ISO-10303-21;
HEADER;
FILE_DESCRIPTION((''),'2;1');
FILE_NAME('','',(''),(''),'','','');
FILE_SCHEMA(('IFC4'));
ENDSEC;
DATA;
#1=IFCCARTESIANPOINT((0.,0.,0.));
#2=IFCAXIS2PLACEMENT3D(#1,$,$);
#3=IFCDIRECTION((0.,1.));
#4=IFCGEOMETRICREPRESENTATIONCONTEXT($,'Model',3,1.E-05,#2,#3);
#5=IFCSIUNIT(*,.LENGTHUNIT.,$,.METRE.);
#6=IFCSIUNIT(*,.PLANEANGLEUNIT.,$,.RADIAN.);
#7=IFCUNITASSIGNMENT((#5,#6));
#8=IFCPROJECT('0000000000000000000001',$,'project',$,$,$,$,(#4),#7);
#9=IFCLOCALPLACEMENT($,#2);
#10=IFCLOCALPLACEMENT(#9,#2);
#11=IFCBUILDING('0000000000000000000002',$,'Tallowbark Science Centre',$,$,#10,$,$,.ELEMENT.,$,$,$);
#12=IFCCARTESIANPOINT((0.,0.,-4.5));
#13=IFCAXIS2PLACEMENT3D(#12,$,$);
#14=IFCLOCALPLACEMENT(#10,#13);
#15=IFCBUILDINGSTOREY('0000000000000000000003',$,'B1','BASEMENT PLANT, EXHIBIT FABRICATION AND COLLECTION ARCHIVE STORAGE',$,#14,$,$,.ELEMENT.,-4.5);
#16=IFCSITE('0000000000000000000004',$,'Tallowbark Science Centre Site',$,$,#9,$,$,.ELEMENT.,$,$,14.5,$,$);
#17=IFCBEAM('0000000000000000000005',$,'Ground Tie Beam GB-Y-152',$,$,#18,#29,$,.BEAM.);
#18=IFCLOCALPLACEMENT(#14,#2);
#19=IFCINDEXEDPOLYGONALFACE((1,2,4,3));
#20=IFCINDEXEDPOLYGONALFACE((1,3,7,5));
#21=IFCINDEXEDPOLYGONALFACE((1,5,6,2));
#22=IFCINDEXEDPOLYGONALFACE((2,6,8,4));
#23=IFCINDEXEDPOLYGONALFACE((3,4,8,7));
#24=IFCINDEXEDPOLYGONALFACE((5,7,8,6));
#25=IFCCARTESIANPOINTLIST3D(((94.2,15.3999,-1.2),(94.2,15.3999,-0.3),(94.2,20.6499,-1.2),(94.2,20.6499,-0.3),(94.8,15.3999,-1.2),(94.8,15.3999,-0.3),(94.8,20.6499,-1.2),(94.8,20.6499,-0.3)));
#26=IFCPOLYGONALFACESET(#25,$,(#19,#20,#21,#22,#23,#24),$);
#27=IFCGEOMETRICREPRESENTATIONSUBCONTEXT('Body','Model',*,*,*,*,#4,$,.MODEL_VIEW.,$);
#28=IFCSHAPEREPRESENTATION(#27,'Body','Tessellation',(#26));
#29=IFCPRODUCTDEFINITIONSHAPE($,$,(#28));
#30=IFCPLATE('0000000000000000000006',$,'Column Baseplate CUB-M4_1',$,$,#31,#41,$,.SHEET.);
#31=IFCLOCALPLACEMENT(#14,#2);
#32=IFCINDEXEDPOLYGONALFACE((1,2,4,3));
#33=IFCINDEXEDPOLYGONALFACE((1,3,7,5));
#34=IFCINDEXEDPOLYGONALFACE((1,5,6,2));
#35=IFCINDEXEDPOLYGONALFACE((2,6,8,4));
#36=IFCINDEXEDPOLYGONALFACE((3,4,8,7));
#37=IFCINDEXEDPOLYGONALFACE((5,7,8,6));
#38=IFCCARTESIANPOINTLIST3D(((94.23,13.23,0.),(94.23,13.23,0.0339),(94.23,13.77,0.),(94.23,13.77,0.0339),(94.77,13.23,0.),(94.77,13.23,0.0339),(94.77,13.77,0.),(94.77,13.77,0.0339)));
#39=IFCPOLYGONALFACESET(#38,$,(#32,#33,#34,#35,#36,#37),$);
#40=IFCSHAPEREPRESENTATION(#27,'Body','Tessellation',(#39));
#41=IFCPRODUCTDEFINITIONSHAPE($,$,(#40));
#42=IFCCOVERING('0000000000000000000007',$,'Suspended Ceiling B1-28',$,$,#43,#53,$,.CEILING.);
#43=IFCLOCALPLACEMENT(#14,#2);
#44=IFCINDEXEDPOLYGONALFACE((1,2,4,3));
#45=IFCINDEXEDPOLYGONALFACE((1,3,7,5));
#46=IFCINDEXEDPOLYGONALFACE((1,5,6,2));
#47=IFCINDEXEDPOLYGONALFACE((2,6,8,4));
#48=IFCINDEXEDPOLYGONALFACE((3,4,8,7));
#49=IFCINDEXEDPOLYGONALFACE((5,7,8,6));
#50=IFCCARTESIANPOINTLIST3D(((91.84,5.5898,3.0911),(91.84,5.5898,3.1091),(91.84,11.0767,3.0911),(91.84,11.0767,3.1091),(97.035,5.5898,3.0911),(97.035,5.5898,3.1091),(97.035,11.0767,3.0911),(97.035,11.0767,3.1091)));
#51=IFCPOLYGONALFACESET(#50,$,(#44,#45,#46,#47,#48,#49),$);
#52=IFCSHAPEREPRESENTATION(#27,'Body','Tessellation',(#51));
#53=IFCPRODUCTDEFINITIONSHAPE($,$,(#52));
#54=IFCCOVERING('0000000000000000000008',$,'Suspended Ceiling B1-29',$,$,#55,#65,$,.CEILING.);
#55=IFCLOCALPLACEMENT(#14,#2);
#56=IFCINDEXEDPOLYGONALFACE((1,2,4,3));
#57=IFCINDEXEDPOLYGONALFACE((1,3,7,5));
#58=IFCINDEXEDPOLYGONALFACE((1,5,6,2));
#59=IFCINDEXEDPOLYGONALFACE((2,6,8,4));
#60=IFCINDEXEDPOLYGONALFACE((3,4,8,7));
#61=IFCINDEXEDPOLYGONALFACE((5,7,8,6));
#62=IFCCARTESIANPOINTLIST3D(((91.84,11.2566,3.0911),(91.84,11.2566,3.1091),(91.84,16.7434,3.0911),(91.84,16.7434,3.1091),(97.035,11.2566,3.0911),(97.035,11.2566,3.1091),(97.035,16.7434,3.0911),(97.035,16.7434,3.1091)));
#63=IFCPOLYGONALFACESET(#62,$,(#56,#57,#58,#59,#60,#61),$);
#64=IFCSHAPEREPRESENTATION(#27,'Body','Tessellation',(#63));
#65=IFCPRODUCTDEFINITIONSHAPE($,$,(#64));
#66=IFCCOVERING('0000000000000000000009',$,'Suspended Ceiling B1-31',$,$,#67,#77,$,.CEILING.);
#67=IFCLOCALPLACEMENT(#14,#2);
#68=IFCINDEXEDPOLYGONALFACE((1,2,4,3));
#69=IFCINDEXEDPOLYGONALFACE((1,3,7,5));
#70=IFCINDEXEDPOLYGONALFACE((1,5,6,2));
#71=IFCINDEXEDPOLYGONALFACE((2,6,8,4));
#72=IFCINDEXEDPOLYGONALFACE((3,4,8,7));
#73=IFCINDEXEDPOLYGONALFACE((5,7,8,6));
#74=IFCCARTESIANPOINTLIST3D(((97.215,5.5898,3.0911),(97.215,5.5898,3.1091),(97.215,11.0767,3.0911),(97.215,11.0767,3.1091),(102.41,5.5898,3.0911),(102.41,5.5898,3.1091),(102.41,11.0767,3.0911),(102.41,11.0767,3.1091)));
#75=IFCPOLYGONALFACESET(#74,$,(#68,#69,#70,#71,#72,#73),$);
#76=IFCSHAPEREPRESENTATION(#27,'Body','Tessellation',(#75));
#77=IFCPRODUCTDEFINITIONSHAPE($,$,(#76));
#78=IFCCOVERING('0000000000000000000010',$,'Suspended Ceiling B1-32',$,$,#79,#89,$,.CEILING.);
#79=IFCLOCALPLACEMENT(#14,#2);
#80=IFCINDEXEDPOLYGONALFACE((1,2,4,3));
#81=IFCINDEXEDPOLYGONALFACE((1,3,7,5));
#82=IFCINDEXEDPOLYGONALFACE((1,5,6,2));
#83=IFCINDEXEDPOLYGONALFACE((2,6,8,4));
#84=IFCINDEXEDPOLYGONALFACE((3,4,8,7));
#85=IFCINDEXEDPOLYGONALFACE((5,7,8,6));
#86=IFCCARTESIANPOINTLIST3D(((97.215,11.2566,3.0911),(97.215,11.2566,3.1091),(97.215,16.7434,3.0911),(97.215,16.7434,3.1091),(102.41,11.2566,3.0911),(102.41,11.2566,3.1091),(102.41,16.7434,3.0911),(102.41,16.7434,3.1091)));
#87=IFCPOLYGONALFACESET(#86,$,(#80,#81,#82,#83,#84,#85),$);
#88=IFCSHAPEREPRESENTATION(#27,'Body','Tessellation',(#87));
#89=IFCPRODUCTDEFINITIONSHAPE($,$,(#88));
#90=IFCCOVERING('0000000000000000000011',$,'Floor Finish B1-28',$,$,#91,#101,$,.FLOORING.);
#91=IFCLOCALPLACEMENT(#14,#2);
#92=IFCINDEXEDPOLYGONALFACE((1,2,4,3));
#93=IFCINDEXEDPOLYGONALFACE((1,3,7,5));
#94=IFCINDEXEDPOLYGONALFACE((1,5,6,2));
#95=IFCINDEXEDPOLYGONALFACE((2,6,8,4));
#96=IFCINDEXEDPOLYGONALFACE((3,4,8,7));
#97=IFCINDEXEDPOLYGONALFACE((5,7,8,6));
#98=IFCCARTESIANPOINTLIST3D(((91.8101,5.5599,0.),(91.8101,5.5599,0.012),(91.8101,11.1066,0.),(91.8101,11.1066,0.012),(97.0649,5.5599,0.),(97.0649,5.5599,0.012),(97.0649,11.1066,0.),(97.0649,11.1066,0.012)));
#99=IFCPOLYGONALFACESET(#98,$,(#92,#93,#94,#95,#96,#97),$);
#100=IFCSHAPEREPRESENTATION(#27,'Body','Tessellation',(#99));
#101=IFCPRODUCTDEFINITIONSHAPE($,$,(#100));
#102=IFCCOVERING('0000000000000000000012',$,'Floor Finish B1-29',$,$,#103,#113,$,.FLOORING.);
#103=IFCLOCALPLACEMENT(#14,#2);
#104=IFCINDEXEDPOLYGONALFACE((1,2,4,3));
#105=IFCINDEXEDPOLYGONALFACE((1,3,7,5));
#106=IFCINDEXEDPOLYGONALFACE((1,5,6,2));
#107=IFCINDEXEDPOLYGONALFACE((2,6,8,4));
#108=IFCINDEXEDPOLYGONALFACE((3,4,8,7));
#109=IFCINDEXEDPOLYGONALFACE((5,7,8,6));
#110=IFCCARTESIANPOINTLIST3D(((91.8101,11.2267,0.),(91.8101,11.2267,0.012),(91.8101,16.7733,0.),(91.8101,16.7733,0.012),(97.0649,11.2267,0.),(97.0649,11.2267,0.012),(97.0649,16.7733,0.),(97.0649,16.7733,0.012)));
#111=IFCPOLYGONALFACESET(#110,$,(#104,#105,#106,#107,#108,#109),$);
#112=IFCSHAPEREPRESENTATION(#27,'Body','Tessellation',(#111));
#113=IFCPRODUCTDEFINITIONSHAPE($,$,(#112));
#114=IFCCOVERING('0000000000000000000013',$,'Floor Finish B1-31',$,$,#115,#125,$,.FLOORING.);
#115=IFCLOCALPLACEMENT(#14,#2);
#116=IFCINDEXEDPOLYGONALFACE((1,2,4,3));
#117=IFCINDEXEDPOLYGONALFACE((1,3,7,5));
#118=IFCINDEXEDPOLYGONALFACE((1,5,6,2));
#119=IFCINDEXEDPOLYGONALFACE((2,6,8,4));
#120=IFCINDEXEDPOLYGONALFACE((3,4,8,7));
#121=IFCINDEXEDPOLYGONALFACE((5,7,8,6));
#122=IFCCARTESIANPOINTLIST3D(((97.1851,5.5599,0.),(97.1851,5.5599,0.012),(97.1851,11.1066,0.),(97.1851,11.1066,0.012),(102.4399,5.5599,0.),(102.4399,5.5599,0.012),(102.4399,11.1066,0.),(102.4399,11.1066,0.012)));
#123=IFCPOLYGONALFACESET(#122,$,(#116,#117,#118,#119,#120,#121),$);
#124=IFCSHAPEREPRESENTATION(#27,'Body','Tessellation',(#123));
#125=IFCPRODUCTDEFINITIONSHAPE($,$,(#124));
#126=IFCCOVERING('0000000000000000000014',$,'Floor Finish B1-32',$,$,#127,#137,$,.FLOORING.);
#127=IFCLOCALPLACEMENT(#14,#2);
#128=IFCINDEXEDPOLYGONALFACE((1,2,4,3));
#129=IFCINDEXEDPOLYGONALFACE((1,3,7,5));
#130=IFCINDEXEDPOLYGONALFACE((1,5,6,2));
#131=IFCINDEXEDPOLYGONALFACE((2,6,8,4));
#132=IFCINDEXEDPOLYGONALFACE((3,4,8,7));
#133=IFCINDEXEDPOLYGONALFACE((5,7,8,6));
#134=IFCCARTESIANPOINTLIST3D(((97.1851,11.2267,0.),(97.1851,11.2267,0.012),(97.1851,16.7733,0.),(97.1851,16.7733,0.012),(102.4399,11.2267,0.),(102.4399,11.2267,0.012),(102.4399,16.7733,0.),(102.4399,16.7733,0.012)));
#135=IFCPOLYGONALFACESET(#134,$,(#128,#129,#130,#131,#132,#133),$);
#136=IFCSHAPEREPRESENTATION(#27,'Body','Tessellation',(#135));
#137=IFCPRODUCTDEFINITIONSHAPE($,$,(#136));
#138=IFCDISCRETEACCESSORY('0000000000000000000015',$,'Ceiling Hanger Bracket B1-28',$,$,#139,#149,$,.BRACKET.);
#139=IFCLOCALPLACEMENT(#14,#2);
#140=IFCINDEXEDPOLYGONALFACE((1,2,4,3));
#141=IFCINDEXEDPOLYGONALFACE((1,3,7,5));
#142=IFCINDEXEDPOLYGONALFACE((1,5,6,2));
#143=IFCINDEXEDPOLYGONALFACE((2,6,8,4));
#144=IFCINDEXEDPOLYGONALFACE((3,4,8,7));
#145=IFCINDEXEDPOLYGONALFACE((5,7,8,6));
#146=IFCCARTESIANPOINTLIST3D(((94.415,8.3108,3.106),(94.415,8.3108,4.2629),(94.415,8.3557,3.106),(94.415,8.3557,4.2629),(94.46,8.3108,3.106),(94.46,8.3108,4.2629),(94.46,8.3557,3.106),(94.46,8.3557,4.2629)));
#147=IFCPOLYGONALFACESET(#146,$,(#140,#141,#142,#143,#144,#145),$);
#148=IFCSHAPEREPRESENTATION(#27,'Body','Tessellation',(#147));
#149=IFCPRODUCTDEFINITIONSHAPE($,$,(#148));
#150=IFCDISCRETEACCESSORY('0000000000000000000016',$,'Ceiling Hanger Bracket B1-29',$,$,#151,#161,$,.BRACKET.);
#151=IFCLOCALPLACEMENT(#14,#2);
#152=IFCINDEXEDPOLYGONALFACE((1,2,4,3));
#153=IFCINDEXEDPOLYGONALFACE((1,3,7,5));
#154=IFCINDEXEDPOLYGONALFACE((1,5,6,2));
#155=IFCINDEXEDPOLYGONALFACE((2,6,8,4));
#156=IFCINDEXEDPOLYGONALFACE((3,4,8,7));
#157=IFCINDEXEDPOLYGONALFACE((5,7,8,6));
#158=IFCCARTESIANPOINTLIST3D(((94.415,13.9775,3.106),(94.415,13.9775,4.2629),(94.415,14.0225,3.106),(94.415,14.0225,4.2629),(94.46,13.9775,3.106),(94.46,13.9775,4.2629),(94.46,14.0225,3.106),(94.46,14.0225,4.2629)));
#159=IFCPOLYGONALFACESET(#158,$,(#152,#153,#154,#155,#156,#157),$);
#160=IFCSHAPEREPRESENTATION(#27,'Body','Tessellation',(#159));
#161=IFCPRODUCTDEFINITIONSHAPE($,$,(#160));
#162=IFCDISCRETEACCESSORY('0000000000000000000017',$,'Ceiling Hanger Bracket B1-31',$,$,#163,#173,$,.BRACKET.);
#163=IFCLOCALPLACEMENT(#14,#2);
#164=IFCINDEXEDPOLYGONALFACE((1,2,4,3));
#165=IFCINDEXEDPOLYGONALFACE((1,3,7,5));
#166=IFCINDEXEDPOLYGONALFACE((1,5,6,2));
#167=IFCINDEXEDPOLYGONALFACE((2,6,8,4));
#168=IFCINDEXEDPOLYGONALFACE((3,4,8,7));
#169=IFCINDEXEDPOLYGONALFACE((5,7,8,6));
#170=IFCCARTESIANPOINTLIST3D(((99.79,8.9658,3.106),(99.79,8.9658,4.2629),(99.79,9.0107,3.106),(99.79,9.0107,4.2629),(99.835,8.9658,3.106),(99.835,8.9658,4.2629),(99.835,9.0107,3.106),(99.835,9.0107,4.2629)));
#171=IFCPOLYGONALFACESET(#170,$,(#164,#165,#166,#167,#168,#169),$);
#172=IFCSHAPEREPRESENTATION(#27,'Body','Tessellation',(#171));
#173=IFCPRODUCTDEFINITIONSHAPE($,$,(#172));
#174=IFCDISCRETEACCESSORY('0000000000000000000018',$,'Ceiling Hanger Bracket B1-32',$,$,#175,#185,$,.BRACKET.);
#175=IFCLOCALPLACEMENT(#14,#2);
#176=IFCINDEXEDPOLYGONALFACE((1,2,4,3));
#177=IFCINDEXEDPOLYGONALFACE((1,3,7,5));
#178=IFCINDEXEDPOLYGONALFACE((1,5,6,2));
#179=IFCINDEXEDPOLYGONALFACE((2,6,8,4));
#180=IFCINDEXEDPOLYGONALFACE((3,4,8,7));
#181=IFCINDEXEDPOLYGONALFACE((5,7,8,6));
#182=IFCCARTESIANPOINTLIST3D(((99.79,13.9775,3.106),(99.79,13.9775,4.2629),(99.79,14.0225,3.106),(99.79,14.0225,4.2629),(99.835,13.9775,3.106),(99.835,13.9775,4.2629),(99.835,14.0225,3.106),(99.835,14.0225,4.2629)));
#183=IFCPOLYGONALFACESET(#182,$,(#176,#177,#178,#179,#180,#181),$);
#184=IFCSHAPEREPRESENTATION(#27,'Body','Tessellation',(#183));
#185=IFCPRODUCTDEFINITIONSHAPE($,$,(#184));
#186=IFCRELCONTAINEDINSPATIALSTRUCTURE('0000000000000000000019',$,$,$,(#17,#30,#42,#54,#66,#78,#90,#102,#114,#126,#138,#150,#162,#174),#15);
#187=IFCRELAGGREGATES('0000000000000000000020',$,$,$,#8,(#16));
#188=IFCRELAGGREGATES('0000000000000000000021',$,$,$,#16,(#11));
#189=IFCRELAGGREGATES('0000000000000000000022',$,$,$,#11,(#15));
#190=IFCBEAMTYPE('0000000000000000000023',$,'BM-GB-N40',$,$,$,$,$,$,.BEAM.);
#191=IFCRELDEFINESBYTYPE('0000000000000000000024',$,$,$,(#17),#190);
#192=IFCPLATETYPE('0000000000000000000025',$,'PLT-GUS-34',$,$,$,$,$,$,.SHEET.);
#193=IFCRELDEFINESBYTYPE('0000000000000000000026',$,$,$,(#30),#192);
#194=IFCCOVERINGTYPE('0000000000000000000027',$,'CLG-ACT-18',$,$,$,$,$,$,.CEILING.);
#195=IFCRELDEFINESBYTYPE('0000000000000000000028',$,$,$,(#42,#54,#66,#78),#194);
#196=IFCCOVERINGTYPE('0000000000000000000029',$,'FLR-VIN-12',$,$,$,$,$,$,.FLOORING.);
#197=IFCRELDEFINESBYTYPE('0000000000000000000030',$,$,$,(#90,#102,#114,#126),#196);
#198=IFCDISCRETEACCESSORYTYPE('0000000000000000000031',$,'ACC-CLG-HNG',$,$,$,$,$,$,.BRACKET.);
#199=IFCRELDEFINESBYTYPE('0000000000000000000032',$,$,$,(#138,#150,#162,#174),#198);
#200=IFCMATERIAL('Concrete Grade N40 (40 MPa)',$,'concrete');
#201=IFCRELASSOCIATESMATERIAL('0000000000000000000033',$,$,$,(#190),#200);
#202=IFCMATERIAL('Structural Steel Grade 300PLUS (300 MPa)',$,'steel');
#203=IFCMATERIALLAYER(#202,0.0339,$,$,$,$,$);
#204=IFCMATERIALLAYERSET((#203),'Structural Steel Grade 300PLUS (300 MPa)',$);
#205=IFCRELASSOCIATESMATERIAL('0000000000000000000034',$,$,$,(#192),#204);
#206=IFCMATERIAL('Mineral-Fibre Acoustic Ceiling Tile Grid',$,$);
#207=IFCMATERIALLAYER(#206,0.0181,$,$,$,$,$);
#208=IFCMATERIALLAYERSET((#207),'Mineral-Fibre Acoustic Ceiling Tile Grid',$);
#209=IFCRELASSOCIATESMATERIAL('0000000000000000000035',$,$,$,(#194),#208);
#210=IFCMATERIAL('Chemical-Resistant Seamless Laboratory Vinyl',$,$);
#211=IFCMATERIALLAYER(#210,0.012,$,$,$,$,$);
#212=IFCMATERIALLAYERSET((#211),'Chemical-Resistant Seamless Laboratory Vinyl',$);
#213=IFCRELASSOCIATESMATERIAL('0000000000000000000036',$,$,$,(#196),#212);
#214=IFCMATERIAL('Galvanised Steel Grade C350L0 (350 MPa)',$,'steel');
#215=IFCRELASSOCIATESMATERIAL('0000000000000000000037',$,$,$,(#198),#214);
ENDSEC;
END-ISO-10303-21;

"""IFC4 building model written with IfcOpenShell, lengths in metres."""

from ifc_helpers import new_model, si_unit, direction, frame, origin, origin_2d, place, context, subcontext, project, spatial, rectangle, extrude, material, layer, layer_set, material_profile, profile_set, type_object, element, save


model = new_model("IFC4")

# Units and contexts
model_context = context("Model", 3, precision=1e-05, world=origin(), true_north=direction((0.0, 1.0)))
body_context = subcontext(model_context, "Body", "Model", "MODEL_VIEW")
ifc_project = project(units=[si_unit("LENGTHUNIT", "METRE"), si_unit("PLANEANGLEUNIT", "RADIAN")], contexts=[model_context])

# Site, building, storey
site_placement = place(None, origin())
site = spatial("IfcSite", under=ifc_project, at=site_placement, Name="Tallowbark Science Centre Site", CompositionType="ELEMENT", RefElevation=14.5)
building_placement = place(site_placement, origin())
building = spatial("IfcBuilding", under=site, at=building_placement, Name="Tallowbark Science Centre", CompositionType="ELEMENT")
storey_placement = place(building_placement, frame((0.0, 0.0, -4.5)))
storey = spatial("IfcBuildingStorey", under=building, at=storey_placement, Name="B1", Description="BASEMENT PLANT, EXHIBIT FABRICATION AND COLLECTION ARCHIVE STORAGE", CompositionType="ELEMENT", Elevation=-4.5)

# Shared definitions
ifc_material_1 = material(Name="Concrete Grade N40 (40 MPa)", Category="concrete")

# Shared definitions
ifc_material_2 = material(Name="Structural Steel Grade 300PLUS (300 MPa)", Category="steel")

# Beam
ifc_material_profile_1 = material_profile(ifc_material_1, rectangle(XDim=0.6001, YDim=0.8999, at=origin_2d()), Name="RC600x900")
ifc_profile_set_1 = profile_set([ifc_material_profile_1], Name="Concrete Grade N40 (40 MPa)")
beam_type = type_object("IfcBeamType", Name="BM-GB-N40", PredefinedType="BEAM", material=ifc_profile_set_1)
beam_1_placement = place(storey_placement, frame((94.5, 15.3999, -0.75), z_axis=(0.0, 1.0, 0.0), x_axis=(-1.0, 0.0, 0.0)))
element("IfcBeam", 1, at=beam_1_placement, inside=storey, type_object=beam_type, Name="Ground Tie Beam GB-Y-152", PredefinedType="BEAM", context=body_context, shape_type="SweptSolid", body=[
    extrude(rectangle(XDim=0.6001, YDim=0.8999, at=origin_2d()), origin(), (0.0, 0.0, 1.0), 5.25),
])

# Plate
ifc_layer_1 = layer(ifc_material_2, 0.0339)
ifc_layer_set_1 = layer_set([ifc_layer_1], Name="Structural Steel Grade 300PLUS (300 MPa)")
plate_type = type_object("IfcPlateType", Name="PLT-GUS-34", PredefinedType="SHEET", material=ifc_layer_set_1)
plate_placement = place(storey_placement, frame((94.5, 13.5, 0.0), z_axis=(0.0, 0.0, 1.0), x_axis=(1.0, 0.0, 0.0)))
element("IfcPlate", 2, at=plate_placement, inside=storey, type_object=plate_type, Name="Column Baseplate CUB-M4_1", PredefinedType="SHEET", context=body_context, shape_type="SweptSolid", body=[
    extrude(rectangle(XDim=0.54, YDim=0.54, at=origin_2d()), origin(), (0.0, 0.0, 1.0), 0.0339),
])

# Coverings
ifc_material_3 = material(Name="Mineral-Fibre Acoustic Ceiling Tile Grid")
ifc_layer_2 = layer(ifc_material_3, 0.0181)
ifc_layer_set_2 = layer_set([ifc_layer_2], Name="Mineral-Fibre Acoustic Ceiling Tile Grid")
covering_type_1 = type_object("IfcCoveringType", Name="CLG-ACT-18", PredefinedType="CEILING", material=ifc_layer_set_2)
for number, where, z_axis, x_axis, name in (
    (3, (94.4375, 8.3333, 3.0911), (0.0, 0.0, 1.0), (1.0, 0.0, 0.0), "Suspended Ceiling B1-28"),
    (4, (94.4375, 14.0, 3.0911), (0.0, 0.0, 1.0), (1.0, 0.0, 0.0), "Suspended Ceiling B1-29"),
    (5, (99.8125, 8.3333, 3.0911), (0.0, 0.0, 1.0), (1.0, 0.0, 0.0), "Suspended Ceiling B1-31"),
    (6, (99.8125, 14.0, 3.0911), (0.0, 0.0, 1.0), (1.0, 0.0, 0.0), "Suspended Ceiling B1-32"),
):
    element("IfcCovering", number, at=place(storey_placement, frame(where, z_axis=z_axis, x_axis=x_axis)), inside=storey, type_object=covering_type_1, Name=name, PredefinedType="CEILING", context=body_context, shape_type="SweptSolid", body=[
        extrude(rectangle(XDim=5.1951, YDim=5.4868, at=origin_2d()), origin(), (0.0, 0.0, 1.0), 0.0181),
    ])
ifc_material_4 = material(Name="Chemical-Resistant Seamless Laboratory Vinyl")
ifc_layer_3 = layer(ifc_material_4, 0.012)
ifc_layer_set_3 = layer_set([ifc_layer_3], Name="Chemical-Resistant Seamless Laboratory Vinyl")
covering_type_2 = type_object("IfcCoveringType", Name="FLR-VIN-12", PredefinedType="FLOORING", material=ifc_layer_set_3)
for number, where, z_axis, x_axis, name in (
    (7, (94.4375, 8.3333, 0.0), (0.0, 0.0, 1.0), (1.0, 0.0, 0.0), "Floor Finish B1-28"),
    (8, (94.4375, 14.0, 0.0), (0.0, 0.0, 1.0), (1.0, 0.0, 0.0), "Floor Finish B1-29"),
    (9, (99.8125, 8.3333, 0.0), (0.0, 0.0, 1.0), (1.0, 0.0, 0.0), "Floor Finish B1-31"),
    (10, (99.8125, 14.0, 0.0), (0.0, 0.0, 1.0), (1.0, 0.0, 0.0), "Floor Finish B1-32"),
):
    element("IfcCovering", number, at=place(storey_placement, frame(where, z_axis=z_axis, x_axis=x_axis)), inside=storey, type_object=covering_type_2, Name=name, PredefinedType="FLOORING", context=body_context, shape_type="SweptSolid", body=[
        extrude(rectangle(XDim=5.2549, YDim=5.5466, at=origin_2d()), origin(), (0.0, 0.0, 1.0), 0.012),
    ])

# Discrete accessories
ifc_material_5 = material(Name="Galvanised Steel Grade C350L0 (350 MPa)", Category="steel")
discrete_accessory_type = type_object("IfcDiscreteAccessoryType", Name="ACC-CLG-HNG", PredefinedType="BRACKET", material=ifc_material_5)
for number, where, z_axis, x_axis, name in (
    (11, (94.4375, 8.3333, 3.106), (0.0, 0.0, 1.0), (1.0, 0.0, 0.0), "Ceiling Hanger Bracket B1-28"),
    (12, (94.4375, 14.0, 3.106), (0.0, 0.0, 1.0), (1.0, 0.0, 0.0), "Ceiling Hanger Bracket B1-29"),
    (13, (99.8125, 8.9883, 3.106), (0.0, 0.0, 1.0), (1.0, 0.0, 0.0), "Ceiling Hanger Bracket B1-31"),
    (14, (99.8125, 14.0, 3.106), (0.0, 0.0, 1.0), (1.0, 0.0, 0.0), "Ceiling Hanger Bracket B1-32"),
):
    element("IfcDiscreteAccessory", number, at=place(storey_placement, frame(where, z_axis=z_axis, x_axis=x_axis)), inside=storey, type_object=discrete_accessory_type, Name=name, PredefinedType="BRACKET", context=body_context, shape_type="SweptSolid", body=[
        extrude(rectangle(XDim=0.0449, YDim=0.0449, at=origin_2d()), origin(), (0.0, 0.0, 1.0), 1.157),
    ])

save(model, "model.ifc")
